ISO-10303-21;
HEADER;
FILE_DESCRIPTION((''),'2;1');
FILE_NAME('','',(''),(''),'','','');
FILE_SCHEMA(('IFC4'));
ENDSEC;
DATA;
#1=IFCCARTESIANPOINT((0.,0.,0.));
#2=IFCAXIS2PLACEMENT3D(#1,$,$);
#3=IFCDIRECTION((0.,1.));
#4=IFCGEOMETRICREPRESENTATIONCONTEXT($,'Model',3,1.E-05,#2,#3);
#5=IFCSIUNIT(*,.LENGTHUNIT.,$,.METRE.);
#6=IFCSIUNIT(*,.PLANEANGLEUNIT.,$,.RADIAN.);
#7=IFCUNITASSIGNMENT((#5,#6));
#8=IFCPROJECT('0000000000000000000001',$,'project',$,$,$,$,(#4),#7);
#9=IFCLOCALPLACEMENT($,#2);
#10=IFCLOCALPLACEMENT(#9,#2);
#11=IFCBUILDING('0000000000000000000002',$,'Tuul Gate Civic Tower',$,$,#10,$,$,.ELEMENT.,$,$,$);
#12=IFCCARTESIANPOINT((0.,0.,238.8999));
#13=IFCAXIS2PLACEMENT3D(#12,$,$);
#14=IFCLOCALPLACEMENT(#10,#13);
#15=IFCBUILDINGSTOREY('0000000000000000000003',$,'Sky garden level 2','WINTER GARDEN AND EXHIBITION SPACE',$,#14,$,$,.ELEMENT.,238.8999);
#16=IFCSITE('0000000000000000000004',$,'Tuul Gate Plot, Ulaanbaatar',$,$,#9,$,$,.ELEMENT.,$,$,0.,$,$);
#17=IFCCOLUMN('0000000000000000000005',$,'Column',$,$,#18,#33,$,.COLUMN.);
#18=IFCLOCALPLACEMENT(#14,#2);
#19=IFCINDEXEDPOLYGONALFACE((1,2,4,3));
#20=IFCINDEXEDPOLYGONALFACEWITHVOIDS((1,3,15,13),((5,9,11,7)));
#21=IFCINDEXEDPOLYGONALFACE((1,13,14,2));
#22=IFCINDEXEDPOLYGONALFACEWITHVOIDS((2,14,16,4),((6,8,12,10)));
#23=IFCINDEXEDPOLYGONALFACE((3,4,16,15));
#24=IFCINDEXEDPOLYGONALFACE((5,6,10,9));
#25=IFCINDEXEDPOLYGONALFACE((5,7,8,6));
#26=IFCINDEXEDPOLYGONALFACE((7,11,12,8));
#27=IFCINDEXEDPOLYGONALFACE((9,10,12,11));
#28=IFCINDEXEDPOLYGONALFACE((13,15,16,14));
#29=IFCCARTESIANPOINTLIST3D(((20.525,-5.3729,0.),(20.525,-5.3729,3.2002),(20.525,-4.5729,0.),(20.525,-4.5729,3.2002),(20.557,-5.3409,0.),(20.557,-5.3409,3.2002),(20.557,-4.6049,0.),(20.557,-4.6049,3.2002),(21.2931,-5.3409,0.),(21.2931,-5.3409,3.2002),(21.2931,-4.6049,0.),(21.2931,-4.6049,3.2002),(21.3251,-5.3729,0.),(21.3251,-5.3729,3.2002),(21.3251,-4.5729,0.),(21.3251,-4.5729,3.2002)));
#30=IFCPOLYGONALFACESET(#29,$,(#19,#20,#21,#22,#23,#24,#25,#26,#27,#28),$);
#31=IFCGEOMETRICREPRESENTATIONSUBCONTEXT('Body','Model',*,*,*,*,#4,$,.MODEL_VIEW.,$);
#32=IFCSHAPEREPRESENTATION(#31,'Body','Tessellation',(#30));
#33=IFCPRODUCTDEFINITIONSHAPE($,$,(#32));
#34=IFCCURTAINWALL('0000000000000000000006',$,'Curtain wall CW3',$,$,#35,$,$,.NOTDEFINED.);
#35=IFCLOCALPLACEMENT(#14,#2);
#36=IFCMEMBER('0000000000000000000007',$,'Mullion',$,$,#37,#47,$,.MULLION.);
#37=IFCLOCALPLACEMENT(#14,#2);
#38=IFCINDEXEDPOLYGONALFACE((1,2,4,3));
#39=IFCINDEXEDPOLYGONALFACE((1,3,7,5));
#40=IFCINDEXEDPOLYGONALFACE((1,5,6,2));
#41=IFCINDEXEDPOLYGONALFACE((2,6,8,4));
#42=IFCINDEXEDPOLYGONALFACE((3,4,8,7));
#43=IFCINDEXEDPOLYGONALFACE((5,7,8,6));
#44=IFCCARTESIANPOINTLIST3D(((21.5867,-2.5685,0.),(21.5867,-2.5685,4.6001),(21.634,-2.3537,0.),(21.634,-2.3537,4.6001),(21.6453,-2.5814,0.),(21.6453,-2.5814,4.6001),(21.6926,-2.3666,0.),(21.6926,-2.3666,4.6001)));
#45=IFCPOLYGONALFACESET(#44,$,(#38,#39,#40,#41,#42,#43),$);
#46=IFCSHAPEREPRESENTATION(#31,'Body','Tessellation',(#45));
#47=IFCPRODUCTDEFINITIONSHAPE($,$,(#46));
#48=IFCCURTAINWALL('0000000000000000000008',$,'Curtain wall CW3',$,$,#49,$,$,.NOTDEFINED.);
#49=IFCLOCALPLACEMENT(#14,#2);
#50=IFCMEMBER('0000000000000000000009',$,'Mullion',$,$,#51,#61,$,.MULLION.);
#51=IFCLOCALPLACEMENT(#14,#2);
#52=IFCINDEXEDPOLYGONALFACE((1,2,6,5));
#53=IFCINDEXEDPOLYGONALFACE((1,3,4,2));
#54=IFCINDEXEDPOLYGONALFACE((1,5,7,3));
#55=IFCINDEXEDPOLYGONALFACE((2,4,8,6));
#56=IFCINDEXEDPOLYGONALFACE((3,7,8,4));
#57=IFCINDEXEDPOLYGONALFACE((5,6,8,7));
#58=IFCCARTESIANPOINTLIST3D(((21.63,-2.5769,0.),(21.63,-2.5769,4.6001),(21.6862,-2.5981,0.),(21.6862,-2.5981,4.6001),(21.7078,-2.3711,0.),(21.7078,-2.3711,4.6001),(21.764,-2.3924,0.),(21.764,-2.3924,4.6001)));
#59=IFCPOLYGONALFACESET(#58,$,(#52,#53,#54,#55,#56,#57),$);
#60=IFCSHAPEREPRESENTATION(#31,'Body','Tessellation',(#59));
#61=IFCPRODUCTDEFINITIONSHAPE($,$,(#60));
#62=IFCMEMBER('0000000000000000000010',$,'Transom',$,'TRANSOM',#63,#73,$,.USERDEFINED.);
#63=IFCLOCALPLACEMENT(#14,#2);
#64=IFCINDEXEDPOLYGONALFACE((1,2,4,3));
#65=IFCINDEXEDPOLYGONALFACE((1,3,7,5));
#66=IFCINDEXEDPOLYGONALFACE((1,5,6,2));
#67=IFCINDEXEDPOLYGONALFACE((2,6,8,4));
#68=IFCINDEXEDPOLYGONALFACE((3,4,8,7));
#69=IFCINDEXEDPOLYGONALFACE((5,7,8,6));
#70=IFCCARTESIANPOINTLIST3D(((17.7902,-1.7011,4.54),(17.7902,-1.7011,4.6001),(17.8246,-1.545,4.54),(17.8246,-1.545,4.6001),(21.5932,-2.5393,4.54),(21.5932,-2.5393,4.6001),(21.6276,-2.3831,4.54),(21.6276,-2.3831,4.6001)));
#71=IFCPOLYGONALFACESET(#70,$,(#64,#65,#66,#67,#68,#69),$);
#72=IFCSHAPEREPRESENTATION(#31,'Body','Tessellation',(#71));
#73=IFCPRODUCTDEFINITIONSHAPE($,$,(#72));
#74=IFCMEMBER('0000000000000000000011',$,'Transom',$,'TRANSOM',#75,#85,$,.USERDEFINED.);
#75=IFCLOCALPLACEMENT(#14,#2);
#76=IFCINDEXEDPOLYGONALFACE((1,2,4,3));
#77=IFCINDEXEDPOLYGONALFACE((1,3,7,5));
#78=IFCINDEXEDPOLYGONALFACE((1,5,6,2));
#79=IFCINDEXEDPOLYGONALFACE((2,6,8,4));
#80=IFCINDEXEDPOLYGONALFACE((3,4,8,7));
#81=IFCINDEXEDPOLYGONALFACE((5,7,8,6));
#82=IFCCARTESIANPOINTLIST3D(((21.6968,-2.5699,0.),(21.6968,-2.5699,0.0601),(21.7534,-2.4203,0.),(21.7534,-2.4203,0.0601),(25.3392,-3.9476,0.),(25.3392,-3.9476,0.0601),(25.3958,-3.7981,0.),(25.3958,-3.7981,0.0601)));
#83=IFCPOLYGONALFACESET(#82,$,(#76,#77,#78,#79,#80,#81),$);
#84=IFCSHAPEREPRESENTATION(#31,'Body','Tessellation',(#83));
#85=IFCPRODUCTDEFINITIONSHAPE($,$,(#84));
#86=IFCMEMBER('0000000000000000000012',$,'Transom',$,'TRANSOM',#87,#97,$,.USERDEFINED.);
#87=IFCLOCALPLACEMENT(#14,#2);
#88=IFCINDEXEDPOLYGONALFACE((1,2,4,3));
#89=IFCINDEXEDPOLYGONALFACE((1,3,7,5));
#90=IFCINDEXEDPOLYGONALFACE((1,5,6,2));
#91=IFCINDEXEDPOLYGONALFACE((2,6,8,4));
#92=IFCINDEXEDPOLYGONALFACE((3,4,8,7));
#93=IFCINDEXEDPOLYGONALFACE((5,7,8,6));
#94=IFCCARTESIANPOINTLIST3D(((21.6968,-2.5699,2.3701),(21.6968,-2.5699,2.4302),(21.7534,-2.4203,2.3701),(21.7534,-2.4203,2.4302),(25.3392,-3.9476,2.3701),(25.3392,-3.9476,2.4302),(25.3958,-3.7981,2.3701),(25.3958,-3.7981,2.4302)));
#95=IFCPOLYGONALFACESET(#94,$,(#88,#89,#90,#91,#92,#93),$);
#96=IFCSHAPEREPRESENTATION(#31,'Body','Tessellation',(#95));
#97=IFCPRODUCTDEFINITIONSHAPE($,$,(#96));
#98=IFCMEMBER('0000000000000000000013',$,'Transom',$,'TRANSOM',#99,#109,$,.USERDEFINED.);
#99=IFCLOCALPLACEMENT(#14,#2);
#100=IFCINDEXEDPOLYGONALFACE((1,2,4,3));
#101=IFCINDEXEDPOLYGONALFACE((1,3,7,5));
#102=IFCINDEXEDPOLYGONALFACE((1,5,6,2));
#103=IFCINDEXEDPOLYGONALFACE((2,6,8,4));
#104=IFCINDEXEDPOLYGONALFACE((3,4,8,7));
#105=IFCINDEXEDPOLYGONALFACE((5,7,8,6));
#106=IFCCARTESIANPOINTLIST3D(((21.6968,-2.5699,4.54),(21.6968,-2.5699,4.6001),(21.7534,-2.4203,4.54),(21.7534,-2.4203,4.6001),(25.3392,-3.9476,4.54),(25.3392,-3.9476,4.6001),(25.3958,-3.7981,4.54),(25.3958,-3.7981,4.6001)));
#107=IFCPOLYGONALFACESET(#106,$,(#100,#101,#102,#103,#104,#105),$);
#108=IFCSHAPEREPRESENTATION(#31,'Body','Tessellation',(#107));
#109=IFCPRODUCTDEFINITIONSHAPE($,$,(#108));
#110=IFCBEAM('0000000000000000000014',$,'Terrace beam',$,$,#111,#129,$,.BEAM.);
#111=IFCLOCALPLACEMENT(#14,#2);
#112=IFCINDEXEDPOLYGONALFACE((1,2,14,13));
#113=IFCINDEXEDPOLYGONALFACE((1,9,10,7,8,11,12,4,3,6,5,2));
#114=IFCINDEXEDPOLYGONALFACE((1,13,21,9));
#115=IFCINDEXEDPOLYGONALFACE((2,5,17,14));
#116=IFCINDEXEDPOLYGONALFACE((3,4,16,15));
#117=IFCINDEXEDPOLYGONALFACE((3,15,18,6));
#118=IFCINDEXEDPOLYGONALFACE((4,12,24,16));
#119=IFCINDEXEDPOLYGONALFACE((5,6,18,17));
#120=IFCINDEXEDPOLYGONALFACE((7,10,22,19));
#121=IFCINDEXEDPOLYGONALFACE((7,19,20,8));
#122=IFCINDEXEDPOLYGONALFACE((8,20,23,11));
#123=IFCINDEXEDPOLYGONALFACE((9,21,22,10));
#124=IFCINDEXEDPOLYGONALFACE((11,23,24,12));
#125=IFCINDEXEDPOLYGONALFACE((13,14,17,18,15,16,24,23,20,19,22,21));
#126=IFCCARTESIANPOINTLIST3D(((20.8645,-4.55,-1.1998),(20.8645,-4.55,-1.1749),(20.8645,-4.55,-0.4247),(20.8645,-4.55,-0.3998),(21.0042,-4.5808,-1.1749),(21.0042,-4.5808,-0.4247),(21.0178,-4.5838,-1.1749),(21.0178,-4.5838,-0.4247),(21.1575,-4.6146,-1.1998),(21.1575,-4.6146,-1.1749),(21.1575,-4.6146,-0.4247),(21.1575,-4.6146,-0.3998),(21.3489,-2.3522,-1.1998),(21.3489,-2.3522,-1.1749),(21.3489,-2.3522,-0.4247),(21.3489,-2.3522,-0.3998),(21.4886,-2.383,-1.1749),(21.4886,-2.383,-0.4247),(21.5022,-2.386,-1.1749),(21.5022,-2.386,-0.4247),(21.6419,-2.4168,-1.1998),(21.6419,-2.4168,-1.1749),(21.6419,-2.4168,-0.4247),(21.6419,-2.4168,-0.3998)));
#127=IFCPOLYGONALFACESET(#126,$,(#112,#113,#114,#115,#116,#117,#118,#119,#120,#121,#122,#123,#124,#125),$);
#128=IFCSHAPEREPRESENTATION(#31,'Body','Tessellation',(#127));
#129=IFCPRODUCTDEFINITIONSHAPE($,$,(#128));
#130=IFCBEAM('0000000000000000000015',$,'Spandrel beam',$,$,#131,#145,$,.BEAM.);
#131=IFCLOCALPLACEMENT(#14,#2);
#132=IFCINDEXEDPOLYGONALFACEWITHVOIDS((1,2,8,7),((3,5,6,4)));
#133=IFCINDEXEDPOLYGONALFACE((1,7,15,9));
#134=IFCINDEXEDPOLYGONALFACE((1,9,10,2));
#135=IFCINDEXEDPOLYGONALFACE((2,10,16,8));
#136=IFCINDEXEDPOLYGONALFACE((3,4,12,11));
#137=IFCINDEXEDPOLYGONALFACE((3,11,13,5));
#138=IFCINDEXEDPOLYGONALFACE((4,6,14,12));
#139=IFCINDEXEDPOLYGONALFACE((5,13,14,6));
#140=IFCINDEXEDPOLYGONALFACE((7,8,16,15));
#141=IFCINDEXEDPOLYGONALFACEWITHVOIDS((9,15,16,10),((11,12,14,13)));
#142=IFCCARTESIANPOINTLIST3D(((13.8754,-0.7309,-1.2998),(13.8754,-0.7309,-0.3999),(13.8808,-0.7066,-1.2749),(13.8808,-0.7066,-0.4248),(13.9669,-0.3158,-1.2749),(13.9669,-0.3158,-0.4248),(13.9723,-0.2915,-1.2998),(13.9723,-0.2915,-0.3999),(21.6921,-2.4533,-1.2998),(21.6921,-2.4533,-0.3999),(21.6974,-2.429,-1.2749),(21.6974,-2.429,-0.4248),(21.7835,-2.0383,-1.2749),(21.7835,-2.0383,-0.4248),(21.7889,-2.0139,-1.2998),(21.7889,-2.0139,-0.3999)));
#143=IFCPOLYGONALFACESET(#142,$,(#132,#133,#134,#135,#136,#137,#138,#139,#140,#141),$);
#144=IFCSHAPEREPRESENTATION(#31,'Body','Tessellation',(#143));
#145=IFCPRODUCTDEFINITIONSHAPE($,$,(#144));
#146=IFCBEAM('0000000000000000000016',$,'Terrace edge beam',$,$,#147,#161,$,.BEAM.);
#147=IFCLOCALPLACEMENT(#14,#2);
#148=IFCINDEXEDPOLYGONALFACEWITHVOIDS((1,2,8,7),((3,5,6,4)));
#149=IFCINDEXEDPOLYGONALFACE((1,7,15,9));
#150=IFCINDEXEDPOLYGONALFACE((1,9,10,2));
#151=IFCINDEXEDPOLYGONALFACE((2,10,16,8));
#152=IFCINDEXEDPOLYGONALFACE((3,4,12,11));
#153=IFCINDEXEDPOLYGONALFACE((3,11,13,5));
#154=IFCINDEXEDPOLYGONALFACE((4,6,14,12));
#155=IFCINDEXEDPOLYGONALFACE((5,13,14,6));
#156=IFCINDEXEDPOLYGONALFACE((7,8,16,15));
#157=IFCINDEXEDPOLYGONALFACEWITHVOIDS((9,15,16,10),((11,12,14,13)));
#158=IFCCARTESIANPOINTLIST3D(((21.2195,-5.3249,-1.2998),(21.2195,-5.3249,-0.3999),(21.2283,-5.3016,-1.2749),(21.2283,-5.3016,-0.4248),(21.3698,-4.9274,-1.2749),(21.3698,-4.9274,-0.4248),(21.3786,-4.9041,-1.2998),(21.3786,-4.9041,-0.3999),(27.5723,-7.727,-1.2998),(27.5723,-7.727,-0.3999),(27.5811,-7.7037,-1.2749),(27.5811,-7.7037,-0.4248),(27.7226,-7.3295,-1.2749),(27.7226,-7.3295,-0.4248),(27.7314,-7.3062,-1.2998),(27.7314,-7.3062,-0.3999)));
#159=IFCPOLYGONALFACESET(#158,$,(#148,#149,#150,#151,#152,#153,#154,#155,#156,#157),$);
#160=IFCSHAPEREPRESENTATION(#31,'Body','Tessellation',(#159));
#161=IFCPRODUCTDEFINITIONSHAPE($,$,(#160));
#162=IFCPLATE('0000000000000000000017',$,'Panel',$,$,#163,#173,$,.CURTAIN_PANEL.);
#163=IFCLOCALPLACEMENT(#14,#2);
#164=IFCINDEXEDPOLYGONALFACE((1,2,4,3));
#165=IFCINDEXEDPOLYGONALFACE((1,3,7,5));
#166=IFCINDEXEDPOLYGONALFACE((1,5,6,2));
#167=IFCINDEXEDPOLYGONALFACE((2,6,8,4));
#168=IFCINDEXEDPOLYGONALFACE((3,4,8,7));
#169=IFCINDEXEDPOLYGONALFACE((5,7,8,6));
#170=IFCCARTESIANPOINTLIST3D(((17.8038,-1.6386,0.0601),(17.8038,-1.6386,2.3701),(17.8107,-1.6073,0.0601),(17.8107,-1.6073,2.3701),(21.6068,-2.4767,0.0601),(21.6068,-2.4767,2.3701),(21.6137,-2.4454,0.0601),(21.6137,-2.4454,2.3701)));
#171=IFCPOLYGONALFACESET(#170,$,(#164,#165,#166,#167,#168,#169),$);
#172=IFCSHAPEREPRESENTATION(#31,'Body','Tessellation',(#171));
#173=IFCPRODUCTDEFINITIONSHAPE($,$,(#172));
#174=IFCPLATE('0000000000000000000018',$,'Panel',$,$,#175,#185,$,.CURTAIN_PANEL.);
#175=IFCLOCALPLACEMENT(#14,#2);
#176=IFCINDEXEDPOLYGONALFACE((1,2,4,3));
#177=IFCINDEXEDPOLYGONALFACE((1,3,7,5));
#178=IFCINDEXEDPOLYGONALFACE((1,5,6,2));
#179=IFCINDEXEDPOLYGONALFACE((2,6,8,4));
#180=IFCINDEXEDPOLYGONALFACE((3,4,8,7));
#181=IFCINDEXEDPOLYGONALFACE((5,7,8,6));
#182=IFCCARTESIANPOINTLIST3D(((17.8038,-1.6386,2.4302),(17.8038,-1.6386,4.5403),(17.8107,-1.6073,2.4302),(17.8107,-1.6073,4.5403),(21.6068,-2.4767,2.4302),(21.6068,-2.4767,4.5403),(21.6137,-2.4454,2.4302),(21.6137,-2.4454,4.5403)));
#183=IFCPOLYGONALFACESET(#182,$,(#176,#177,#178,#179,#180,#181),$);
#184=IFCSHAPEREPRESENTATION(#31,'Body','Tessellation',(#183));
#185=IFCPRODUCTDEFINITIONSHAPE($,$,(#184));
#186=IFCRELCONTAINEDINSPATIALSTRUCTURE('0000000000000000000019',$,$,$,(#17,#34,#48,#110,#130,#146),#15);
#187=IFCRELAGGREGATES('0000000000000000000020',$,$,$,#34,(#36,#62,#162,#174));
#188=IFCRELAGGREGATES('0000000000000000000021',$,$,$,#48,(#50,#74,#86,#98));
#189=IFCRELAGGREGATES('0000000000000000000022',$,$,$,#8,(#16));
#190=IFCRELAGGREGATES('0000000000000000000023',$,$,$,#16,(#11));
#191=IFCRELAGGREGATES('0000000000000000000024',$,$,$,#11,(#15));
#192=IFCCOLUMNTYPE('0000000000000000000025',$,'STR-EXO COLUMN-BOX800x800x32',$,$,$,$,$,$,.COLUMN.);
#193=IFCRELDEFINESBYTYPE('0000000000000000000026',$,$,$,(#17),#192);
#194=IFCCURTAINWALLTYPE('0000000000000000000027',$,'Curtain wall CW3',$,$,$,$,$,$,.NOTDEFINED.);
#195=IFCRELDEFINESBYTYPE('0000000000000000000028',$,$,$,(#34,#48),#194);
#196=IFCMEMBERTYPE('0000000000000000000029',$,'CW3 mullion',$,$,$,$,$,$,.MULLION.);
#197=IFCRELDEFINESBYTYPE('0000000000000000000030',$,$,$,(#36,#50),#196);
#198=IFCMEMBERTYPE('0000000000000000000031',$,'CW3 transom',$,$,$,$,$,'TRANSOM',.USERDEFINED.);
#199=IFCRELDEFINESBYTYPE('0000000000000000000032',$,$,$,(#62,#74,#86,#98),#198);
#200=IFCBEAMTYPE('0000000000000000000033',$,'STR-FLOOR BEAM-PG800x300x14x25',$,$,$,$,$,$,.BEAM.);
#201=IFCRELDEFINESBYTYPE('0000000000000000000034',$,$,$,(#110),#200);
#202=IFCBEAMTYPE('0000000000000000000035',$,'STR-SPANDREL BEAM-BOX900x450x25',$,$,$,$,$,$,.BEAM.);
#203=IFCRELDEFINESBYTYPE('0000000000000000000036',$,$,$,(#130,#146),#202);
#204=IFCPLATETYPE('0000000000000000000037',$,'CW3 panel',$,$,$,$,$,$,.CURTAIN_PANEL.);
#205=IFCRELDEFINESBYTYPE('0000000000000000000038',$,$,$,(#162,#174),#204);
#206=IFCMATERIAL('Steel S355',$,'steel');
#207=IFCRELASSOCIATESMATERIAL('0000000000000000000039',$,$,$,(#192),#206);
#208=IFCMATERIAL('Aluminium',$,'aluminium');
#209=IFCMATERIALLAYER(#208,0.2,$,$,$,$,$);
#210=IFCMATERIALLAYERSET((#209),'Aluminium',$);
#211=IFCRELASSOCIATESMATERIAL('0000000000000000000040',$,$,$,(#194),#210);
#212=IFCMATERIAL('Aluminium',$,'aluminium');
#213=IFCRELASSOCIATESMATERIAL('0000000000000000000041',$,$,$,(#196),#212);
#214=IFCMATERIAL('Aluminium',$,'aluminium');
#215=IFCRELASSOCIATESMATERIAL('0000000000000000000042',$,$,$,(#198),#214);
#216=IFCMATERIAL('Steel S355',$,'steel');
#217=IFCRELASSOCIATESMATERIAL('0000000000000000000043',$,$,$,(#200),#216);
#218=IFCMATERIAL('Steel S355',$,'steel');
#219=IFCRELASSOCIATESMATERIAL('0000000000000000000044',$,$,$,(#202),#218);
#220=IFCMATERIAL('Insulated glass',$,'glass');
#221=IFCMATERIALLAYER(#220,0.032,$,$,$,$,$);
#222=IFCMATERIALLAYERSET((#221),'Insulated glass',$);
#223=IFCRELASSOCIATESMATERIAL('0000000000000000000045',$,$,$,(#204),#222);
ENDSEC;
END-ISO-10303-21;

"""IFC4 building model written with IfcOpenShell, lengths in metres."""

from ifc_helpers import new_model, si_unit, direction, frame, origin, origin_2d, place, context, subcontext, project, spatial, rectangle, hollow_rectangle, i_section, extrude, material, layer, layer_set, material_profile, profile_set, type_object, element, aggregate, save


model = new_model("IFC4")

# Units and contexts
model_context = context("Model", 3, precision=1e-05, world=origin(), true_north=direction((0.0, 1.0)))
body_context = subcontext(model_context, "Body", "Model", "MODEL_VIEW")
ifc_project = project(units=[si_unit("LENGTHUNIT", "METRE"), si_unit("PLANEANGLEUNIT", "RADIAN")], contexts=[model_context])

# Site, building, storey
site_placement = place(None, origin())
site = spatial("IfcSite", under=ifc_project, at=site_placement, Name="Tuul Gate Plot, Ulaanbaatar", CompositionType="ELEMENT", RefElevation=0.0)
building_placement = place(site_placement, origin())
building = spatial("IfcBuilding", under=site, at=building_placement, Name="Tuul Gate Civic Tower", CompositionType="ELEMENT")
storey_placement = place(building_placement, frame((0.0, 0.0, 238.8999)))
storey = spatial("IfcBuildingStorey", under=building, at=storey_placement, Name="Sky garden level 2", Description="WINTER GARDEN AND EXHIBITION SPACE", CompositionType="ELEMENT", Elevation=238.8999)

# Column
ifc_material_1 = material(Name="Steel S355", Category="steel")
ifc_material_profile_1 = material_profile(ifc_material_1, hollow_rectangle(XDim=0.8, YDim=0.8, WallThickness=0.032, at=origin_2d()), Name="BOX800x800x32")
ifc_profile_set_1 = profile_set([ifc_material_profile_1], Name="Steel S355")
column_type = type_object("IfcColumnType", Name="STR-EXO COLUMN-BOX800x800x32", PredefinedType="COLUMN", material=ifc_profile_set_1)
column_placement = place(storey_placement, frame((20.925, -4.9729, 0.0), z_axis=(0.0, 0.0, 1.0), x_axis=(1.0, 0.0, 0.0)))
element("IfcColumn", 1, at=column_placement, inside=storey, type_object=column_type, Name="Column", PredefinedType="COLUMN", context=body_context, shape_type="SweptSolid", body=[
    extrude(hollow_rectangle(XDim=0.8, YDim=0.8, WallThickness=0.032, at=origin_2d()), origin(), (0.0, 0.0, 1.0), 3.2002),
])

# Curtain walls, members
ifc_material_2 = material(Name="Aluminium", Category="aluminium")
ifc_layer_1 = layer(ifc_material_2, 0.2)
ifc_layer_set_1 = layer_set([ifc_layer_1], Name="Aluminium")
curtain_wall_type = type_object("IfcCurtainWallType", Name="Curtain wall CW3", PredefinedType="NOTDEFINED", material=ifc_layer_set_1)
curtain_wall_1_placement = place(storey_placement, origin())
curtain_wall_1 = element("IfcCurtainWall", 2, at=curtain_wall_1_placement, inside=storey, type_object=curtain_wall_type, Name="Curtain wall CW3", PredefinedType="NOTDEFINED")
ifc_material_3 = material(Name="Aluminium", Category="aluminium")
ifc_material_profile_2 = material_profile(ifc_material_3, rectangle(XDim=0.22, YDim=0.0601, at=origin_2d()), Name="CW3 mullion")
ifc_profile_set_2 = profile_set([ifc_material_profile_2], Name="Aluminium")
member_type_1 = type_object("IfcMemberType", Name="CW3 mullion", PredefinedType="MULLION", material=ifc_profile_set_2)
member_1_placement = place(storey_placement, frame((21.6396, -2.4675, 0.0), z_axis=(0.0, 0.0, 1.0), x_axis=(0.215216, 0.976566, 0.0)))
member_1 = element("IfcMember", 3, at=member_1_placement, type_object=member_type_1, Name="Mullion", PredefinedType="MULLION", context=body_context, shape_type="SweptSolid", body=[
    extrude(rectangle(XDim=0.22, YDim=0.0601, at=origin_2d()), origin(), (0.0, 0.0, 1.0), 4.6001),
])
curtain_wall_2_placement = place(storey_placement, origin())
curtain_wall_2 = element("IfcCurtainWall", 4, at=curtain_wall_2_placement, inside=storey, type_object=curtain_wall_type, Name="Curtain wall CW3", PredefinedType="NOTDEFINED")
member_2_placement = place(storey_placement, frame((21.697, -2.4846, 0.0), z_axis=(0.0, 0.0, 1.0), x_axis=(0.353776, 0.93533, 0.0)))
member_2 = element("IfcMember", 5, at=member_2_placement, type_object=member_type_1, Name="Mullion", PredefinedType="MULLION", context=body_context, shape_type="SweptSolid", body=[
    extrude(rectangle(XDim=0.22, YDim=0.0601, at=origin_2d()), origin(), (0.0, 0.0, 1.0), 4.6001),
])

# Members
ifc_material_4 = material(Name="Aluminium", Category="aluminium")
ifc_material_profile_3 = material_profile(ifc_material_4, rectangle(XDim=0.1599, YDim=0.0601, at=origin_2d()), Name="CW3 transom")
ifc_profile_set_3 = profile_set([ifc_material_profile_3], Name="Aluminium")
member_type_2 = type_object("IfcMemberType", Name="CW3 transom", ElementType="TRANSOM", PredefinedType="USERDEFINED", material=ifc_profile_set_3)
member_3_placement = place(storey_placement, frame((17.8074, -1.623, 4.5701), z_axis=(0.976565, -0.215224, 0.0), x_axis=(0.215224, 0.976565, 0.0)))
member_3 = element("IfcMember", 6, at=member_3_placement, type_object=member_type_2, Name="Transom", ObjectType="TRANSOM", PredefinedType="USERDEFINED", context=body_context, shape_type="SweptSolid", body=[
    extrude(rectangle(XDim=0.1599, YDim=0.0601, at=origin_2d()), origin(), (0.0, 0.0, 1.0), 3.8943),
])
member_4_placement = place(storey_placement, frame((21.7251, -2.4951, 0.03), z_axis=(0.935328, -0.353781, 0.0), x_axis=(0.353781, 0.935328, 0.0)))
member_4 = element("IfcMember", 7, at=member_4_placement, type_object=member_type_2, Name="Transom", ObjectType="TRANSOM", PredefinedType="USERDEFINED", context=body_context, shape_type="SweptSolid", body=[
    extrude(rectangle(XDim=0.1599, YDim=0.0601, at=origin_2d()), origin(), (0.0, 0.0, 1.0), 3.8943),
])
member_5_placement = place(storey_placement, frame((21.7251, -2.4951, 2.4001), z_axis=(0.935328, -0.353781, 0.0), x_axis=(0.353781, 0.935328, 0.0)))
member_5 = element("IfcMember", 8, at=member_5_placement, type_object=member_type_2, Name="Transom", ObjectType="TRANSOM", PredefinedType="USERDEFINED", context=body_context, shape_type="SweptSolid", body=[
    extrude(rectangle(XDim=0.1599, YDim=0.0601, at=origin_2d()), origin(), (0.0, 0.0, 1.0), 3.8943),
])
member_6_placement = place(storey_placement, frame((21.7251, -2.4951, 4.5701), z_axis=(0.935328, -0.353781, 0.0), x_axis=(0.353781, 0.935328, 0.0)))
member_6 = element("IfcMember", 9, at=member_6_placement, type_object=member_type_2, Name="Transom", ObjectType="TRANSOM", PredefinedType="USERDEFINED", context=body_context, shape_type="SweptSolid", body=[
    extrude(rectangle(XDim=0.1599, YDim=0.0601, at=origin_2d()), origin(), (0.0, 0.0, 1.0), 3.8943),
])

# Beams
ifc_material_5 = material(Name="Steel S355", Category="steel")
ifc_material_profile_4 = material_profile(ifc_material_5, i_section(OverallWidth=0.3, OverallDepth=0.8, WebThickness=0.0139, FlangeThickness=0.0249, at=origin_2d()), Name="PG800x300x14x25")
ifc_profile_set_4 = profile_set([ifc_material_profile_4], Name="Steel S355")
beam_type_1 = type_object("IfcBeamType", Name="STR-FLOOR BEAM-PG800x300x14x25", PredefinedType="BEAM", material=ifc_profile_set_4)
beam_1_placement = place(storey_placement, frame((21.011, -4.5823, -0.7998), z_axis=(0.21523, 0.976563, 0.0), x_axis=(-0.976563, 0.21523, 0.0)))
element("IfcBeam", 10, at=beam_1_placement, inside=storey, type_object=beam_type_1, Name="Terrace beam", PredefinedType="BEAM", context=body_context, shape_type="SweptSolid", body=[
    extrude(i_section(OverallWidth=0.3, OverallDepth=0.8, WebThickness=0.0139, FlangeThickness=0.0249, at=origin_2d()), origin(), (0.0, 0.0, 1.0), 2.2505),
])
ifc_material_6 = material(Name="Steel S355", Category="steel")
ifc_material_profile_5 = material_profile(ifc_material_6, hollow_rectangle(XDim=0.45, YDim=0.8999, WallThickness=0.0249, at=origin_2d()), Name="BOX900x450x25")
ifc_profile_set_5 = profile_set([ifc_material_profile_5], Name="Steel S355")
beam_type_2 = type_object("IfcBeamType", Name="STR-SPANDREL BEAM-BOX900x450x25", PredefinedType="BEAM", material=ifc_profile_set_5)
beam_2_placement = place(storey_placement, frame((21.7405, -2.2336, -0.8499), z_axis=(-0.976572, 0.215189, 0.0), x_axis=(-0.215189, -0.976572, 0.0)))
element("IfcBeam", 11, at=beam_2_placement, inside=storey, type_object=beam_type_2, Name="Spandrel beam", PredefinedType="BEAM", context=body_context, shape_type="SweptSolid", body=[
    extrude(hollow_rectangle(XDim=0.45, YDim=0.8999, WallThickness=0.0249, at=origin_2d()), origin(), (0.0, 0.0, 1.0), 8.0042),
])
beam_3_placement = place(storey_placement, frame((21.2991, -5.1145, -0.8499), z_axis=(0.935367, -0.353679, 0.0), x_axis=(0.353679, 0.935367, 0.0)))
element("IfcBeam", 12, at=beam_3_placement, inside=storey, type_object=beam_type_2, Name="Terrace edge beam", PredefinedType="BEAM", context=body_context, shape_type="SweptSolid", body=[
    extrude(hollow_rectangle(XDim=0.45, YDim=0.8999, WallThickness=0.0249, at=origin_2d()), origin(), (0.0, 0.0, 1.0), 6.7917),
])

# Plates
ifc_material_7 = material(Name="Insulated glass", Category="glass")
ifc_layer_2 = layer(ifc_material_7, 0.032)
ifc_layer_set_2 = layer_set([ifc_layer_2], Name="Insulated glass")
plate_type = type_object("IfcPlateType", Name="CW3 panel", PredefinedType="CURTAIN_PANEL", material=ifc_layer_set_2)
plate_1_placement = place(storey_placement, frame((19.7087, -2.042, 0.0601), z_axis=(0.0, 0.0, 1.0), x_axis=(0.976566, -0.215216, 0.0)))
plate_1 = element("IfcPlate", 13, at=plate_1_placement, type_object=plate_type, Name="Panel", PredefinedType="CURTAIN_PANEL", context=body_context, shape_type="SweptSolid", body=[
    extrude(rectangle(XDim=3.8943, YDim=0.032, at=origin_2d()), origin(), (0.0, 0.0, 1.0), 2.3101),
])
plate_2_placement = place(storey_placement, frame((19.7087, -2.042, 2.4302), z_axis=(0.0, 0.0, 1.0), x_axis=(0.976566, -0.215216, 0.0)))
plate_2 = element("IfcPlate", 14, at=plate_2_placement, type_object=plate_type, Name="Panel", PredefinedType="CURTAIN_PANEL", context=body_context, shape_type="SweptSolid", body=[
    extrude(rectangle(XDim=3.8943, YDim=0.032, at=origin_2d()), origin(), (0.0, 0.0, 1.0), 2.1101),
])
aggregate(curtain_wall_1, [member_1, member_3, plate_1, plate_2])
aggregate(curtain_wall_2, [member_2, member_4, member_5, member_6])

save(model, "model.ifc")
